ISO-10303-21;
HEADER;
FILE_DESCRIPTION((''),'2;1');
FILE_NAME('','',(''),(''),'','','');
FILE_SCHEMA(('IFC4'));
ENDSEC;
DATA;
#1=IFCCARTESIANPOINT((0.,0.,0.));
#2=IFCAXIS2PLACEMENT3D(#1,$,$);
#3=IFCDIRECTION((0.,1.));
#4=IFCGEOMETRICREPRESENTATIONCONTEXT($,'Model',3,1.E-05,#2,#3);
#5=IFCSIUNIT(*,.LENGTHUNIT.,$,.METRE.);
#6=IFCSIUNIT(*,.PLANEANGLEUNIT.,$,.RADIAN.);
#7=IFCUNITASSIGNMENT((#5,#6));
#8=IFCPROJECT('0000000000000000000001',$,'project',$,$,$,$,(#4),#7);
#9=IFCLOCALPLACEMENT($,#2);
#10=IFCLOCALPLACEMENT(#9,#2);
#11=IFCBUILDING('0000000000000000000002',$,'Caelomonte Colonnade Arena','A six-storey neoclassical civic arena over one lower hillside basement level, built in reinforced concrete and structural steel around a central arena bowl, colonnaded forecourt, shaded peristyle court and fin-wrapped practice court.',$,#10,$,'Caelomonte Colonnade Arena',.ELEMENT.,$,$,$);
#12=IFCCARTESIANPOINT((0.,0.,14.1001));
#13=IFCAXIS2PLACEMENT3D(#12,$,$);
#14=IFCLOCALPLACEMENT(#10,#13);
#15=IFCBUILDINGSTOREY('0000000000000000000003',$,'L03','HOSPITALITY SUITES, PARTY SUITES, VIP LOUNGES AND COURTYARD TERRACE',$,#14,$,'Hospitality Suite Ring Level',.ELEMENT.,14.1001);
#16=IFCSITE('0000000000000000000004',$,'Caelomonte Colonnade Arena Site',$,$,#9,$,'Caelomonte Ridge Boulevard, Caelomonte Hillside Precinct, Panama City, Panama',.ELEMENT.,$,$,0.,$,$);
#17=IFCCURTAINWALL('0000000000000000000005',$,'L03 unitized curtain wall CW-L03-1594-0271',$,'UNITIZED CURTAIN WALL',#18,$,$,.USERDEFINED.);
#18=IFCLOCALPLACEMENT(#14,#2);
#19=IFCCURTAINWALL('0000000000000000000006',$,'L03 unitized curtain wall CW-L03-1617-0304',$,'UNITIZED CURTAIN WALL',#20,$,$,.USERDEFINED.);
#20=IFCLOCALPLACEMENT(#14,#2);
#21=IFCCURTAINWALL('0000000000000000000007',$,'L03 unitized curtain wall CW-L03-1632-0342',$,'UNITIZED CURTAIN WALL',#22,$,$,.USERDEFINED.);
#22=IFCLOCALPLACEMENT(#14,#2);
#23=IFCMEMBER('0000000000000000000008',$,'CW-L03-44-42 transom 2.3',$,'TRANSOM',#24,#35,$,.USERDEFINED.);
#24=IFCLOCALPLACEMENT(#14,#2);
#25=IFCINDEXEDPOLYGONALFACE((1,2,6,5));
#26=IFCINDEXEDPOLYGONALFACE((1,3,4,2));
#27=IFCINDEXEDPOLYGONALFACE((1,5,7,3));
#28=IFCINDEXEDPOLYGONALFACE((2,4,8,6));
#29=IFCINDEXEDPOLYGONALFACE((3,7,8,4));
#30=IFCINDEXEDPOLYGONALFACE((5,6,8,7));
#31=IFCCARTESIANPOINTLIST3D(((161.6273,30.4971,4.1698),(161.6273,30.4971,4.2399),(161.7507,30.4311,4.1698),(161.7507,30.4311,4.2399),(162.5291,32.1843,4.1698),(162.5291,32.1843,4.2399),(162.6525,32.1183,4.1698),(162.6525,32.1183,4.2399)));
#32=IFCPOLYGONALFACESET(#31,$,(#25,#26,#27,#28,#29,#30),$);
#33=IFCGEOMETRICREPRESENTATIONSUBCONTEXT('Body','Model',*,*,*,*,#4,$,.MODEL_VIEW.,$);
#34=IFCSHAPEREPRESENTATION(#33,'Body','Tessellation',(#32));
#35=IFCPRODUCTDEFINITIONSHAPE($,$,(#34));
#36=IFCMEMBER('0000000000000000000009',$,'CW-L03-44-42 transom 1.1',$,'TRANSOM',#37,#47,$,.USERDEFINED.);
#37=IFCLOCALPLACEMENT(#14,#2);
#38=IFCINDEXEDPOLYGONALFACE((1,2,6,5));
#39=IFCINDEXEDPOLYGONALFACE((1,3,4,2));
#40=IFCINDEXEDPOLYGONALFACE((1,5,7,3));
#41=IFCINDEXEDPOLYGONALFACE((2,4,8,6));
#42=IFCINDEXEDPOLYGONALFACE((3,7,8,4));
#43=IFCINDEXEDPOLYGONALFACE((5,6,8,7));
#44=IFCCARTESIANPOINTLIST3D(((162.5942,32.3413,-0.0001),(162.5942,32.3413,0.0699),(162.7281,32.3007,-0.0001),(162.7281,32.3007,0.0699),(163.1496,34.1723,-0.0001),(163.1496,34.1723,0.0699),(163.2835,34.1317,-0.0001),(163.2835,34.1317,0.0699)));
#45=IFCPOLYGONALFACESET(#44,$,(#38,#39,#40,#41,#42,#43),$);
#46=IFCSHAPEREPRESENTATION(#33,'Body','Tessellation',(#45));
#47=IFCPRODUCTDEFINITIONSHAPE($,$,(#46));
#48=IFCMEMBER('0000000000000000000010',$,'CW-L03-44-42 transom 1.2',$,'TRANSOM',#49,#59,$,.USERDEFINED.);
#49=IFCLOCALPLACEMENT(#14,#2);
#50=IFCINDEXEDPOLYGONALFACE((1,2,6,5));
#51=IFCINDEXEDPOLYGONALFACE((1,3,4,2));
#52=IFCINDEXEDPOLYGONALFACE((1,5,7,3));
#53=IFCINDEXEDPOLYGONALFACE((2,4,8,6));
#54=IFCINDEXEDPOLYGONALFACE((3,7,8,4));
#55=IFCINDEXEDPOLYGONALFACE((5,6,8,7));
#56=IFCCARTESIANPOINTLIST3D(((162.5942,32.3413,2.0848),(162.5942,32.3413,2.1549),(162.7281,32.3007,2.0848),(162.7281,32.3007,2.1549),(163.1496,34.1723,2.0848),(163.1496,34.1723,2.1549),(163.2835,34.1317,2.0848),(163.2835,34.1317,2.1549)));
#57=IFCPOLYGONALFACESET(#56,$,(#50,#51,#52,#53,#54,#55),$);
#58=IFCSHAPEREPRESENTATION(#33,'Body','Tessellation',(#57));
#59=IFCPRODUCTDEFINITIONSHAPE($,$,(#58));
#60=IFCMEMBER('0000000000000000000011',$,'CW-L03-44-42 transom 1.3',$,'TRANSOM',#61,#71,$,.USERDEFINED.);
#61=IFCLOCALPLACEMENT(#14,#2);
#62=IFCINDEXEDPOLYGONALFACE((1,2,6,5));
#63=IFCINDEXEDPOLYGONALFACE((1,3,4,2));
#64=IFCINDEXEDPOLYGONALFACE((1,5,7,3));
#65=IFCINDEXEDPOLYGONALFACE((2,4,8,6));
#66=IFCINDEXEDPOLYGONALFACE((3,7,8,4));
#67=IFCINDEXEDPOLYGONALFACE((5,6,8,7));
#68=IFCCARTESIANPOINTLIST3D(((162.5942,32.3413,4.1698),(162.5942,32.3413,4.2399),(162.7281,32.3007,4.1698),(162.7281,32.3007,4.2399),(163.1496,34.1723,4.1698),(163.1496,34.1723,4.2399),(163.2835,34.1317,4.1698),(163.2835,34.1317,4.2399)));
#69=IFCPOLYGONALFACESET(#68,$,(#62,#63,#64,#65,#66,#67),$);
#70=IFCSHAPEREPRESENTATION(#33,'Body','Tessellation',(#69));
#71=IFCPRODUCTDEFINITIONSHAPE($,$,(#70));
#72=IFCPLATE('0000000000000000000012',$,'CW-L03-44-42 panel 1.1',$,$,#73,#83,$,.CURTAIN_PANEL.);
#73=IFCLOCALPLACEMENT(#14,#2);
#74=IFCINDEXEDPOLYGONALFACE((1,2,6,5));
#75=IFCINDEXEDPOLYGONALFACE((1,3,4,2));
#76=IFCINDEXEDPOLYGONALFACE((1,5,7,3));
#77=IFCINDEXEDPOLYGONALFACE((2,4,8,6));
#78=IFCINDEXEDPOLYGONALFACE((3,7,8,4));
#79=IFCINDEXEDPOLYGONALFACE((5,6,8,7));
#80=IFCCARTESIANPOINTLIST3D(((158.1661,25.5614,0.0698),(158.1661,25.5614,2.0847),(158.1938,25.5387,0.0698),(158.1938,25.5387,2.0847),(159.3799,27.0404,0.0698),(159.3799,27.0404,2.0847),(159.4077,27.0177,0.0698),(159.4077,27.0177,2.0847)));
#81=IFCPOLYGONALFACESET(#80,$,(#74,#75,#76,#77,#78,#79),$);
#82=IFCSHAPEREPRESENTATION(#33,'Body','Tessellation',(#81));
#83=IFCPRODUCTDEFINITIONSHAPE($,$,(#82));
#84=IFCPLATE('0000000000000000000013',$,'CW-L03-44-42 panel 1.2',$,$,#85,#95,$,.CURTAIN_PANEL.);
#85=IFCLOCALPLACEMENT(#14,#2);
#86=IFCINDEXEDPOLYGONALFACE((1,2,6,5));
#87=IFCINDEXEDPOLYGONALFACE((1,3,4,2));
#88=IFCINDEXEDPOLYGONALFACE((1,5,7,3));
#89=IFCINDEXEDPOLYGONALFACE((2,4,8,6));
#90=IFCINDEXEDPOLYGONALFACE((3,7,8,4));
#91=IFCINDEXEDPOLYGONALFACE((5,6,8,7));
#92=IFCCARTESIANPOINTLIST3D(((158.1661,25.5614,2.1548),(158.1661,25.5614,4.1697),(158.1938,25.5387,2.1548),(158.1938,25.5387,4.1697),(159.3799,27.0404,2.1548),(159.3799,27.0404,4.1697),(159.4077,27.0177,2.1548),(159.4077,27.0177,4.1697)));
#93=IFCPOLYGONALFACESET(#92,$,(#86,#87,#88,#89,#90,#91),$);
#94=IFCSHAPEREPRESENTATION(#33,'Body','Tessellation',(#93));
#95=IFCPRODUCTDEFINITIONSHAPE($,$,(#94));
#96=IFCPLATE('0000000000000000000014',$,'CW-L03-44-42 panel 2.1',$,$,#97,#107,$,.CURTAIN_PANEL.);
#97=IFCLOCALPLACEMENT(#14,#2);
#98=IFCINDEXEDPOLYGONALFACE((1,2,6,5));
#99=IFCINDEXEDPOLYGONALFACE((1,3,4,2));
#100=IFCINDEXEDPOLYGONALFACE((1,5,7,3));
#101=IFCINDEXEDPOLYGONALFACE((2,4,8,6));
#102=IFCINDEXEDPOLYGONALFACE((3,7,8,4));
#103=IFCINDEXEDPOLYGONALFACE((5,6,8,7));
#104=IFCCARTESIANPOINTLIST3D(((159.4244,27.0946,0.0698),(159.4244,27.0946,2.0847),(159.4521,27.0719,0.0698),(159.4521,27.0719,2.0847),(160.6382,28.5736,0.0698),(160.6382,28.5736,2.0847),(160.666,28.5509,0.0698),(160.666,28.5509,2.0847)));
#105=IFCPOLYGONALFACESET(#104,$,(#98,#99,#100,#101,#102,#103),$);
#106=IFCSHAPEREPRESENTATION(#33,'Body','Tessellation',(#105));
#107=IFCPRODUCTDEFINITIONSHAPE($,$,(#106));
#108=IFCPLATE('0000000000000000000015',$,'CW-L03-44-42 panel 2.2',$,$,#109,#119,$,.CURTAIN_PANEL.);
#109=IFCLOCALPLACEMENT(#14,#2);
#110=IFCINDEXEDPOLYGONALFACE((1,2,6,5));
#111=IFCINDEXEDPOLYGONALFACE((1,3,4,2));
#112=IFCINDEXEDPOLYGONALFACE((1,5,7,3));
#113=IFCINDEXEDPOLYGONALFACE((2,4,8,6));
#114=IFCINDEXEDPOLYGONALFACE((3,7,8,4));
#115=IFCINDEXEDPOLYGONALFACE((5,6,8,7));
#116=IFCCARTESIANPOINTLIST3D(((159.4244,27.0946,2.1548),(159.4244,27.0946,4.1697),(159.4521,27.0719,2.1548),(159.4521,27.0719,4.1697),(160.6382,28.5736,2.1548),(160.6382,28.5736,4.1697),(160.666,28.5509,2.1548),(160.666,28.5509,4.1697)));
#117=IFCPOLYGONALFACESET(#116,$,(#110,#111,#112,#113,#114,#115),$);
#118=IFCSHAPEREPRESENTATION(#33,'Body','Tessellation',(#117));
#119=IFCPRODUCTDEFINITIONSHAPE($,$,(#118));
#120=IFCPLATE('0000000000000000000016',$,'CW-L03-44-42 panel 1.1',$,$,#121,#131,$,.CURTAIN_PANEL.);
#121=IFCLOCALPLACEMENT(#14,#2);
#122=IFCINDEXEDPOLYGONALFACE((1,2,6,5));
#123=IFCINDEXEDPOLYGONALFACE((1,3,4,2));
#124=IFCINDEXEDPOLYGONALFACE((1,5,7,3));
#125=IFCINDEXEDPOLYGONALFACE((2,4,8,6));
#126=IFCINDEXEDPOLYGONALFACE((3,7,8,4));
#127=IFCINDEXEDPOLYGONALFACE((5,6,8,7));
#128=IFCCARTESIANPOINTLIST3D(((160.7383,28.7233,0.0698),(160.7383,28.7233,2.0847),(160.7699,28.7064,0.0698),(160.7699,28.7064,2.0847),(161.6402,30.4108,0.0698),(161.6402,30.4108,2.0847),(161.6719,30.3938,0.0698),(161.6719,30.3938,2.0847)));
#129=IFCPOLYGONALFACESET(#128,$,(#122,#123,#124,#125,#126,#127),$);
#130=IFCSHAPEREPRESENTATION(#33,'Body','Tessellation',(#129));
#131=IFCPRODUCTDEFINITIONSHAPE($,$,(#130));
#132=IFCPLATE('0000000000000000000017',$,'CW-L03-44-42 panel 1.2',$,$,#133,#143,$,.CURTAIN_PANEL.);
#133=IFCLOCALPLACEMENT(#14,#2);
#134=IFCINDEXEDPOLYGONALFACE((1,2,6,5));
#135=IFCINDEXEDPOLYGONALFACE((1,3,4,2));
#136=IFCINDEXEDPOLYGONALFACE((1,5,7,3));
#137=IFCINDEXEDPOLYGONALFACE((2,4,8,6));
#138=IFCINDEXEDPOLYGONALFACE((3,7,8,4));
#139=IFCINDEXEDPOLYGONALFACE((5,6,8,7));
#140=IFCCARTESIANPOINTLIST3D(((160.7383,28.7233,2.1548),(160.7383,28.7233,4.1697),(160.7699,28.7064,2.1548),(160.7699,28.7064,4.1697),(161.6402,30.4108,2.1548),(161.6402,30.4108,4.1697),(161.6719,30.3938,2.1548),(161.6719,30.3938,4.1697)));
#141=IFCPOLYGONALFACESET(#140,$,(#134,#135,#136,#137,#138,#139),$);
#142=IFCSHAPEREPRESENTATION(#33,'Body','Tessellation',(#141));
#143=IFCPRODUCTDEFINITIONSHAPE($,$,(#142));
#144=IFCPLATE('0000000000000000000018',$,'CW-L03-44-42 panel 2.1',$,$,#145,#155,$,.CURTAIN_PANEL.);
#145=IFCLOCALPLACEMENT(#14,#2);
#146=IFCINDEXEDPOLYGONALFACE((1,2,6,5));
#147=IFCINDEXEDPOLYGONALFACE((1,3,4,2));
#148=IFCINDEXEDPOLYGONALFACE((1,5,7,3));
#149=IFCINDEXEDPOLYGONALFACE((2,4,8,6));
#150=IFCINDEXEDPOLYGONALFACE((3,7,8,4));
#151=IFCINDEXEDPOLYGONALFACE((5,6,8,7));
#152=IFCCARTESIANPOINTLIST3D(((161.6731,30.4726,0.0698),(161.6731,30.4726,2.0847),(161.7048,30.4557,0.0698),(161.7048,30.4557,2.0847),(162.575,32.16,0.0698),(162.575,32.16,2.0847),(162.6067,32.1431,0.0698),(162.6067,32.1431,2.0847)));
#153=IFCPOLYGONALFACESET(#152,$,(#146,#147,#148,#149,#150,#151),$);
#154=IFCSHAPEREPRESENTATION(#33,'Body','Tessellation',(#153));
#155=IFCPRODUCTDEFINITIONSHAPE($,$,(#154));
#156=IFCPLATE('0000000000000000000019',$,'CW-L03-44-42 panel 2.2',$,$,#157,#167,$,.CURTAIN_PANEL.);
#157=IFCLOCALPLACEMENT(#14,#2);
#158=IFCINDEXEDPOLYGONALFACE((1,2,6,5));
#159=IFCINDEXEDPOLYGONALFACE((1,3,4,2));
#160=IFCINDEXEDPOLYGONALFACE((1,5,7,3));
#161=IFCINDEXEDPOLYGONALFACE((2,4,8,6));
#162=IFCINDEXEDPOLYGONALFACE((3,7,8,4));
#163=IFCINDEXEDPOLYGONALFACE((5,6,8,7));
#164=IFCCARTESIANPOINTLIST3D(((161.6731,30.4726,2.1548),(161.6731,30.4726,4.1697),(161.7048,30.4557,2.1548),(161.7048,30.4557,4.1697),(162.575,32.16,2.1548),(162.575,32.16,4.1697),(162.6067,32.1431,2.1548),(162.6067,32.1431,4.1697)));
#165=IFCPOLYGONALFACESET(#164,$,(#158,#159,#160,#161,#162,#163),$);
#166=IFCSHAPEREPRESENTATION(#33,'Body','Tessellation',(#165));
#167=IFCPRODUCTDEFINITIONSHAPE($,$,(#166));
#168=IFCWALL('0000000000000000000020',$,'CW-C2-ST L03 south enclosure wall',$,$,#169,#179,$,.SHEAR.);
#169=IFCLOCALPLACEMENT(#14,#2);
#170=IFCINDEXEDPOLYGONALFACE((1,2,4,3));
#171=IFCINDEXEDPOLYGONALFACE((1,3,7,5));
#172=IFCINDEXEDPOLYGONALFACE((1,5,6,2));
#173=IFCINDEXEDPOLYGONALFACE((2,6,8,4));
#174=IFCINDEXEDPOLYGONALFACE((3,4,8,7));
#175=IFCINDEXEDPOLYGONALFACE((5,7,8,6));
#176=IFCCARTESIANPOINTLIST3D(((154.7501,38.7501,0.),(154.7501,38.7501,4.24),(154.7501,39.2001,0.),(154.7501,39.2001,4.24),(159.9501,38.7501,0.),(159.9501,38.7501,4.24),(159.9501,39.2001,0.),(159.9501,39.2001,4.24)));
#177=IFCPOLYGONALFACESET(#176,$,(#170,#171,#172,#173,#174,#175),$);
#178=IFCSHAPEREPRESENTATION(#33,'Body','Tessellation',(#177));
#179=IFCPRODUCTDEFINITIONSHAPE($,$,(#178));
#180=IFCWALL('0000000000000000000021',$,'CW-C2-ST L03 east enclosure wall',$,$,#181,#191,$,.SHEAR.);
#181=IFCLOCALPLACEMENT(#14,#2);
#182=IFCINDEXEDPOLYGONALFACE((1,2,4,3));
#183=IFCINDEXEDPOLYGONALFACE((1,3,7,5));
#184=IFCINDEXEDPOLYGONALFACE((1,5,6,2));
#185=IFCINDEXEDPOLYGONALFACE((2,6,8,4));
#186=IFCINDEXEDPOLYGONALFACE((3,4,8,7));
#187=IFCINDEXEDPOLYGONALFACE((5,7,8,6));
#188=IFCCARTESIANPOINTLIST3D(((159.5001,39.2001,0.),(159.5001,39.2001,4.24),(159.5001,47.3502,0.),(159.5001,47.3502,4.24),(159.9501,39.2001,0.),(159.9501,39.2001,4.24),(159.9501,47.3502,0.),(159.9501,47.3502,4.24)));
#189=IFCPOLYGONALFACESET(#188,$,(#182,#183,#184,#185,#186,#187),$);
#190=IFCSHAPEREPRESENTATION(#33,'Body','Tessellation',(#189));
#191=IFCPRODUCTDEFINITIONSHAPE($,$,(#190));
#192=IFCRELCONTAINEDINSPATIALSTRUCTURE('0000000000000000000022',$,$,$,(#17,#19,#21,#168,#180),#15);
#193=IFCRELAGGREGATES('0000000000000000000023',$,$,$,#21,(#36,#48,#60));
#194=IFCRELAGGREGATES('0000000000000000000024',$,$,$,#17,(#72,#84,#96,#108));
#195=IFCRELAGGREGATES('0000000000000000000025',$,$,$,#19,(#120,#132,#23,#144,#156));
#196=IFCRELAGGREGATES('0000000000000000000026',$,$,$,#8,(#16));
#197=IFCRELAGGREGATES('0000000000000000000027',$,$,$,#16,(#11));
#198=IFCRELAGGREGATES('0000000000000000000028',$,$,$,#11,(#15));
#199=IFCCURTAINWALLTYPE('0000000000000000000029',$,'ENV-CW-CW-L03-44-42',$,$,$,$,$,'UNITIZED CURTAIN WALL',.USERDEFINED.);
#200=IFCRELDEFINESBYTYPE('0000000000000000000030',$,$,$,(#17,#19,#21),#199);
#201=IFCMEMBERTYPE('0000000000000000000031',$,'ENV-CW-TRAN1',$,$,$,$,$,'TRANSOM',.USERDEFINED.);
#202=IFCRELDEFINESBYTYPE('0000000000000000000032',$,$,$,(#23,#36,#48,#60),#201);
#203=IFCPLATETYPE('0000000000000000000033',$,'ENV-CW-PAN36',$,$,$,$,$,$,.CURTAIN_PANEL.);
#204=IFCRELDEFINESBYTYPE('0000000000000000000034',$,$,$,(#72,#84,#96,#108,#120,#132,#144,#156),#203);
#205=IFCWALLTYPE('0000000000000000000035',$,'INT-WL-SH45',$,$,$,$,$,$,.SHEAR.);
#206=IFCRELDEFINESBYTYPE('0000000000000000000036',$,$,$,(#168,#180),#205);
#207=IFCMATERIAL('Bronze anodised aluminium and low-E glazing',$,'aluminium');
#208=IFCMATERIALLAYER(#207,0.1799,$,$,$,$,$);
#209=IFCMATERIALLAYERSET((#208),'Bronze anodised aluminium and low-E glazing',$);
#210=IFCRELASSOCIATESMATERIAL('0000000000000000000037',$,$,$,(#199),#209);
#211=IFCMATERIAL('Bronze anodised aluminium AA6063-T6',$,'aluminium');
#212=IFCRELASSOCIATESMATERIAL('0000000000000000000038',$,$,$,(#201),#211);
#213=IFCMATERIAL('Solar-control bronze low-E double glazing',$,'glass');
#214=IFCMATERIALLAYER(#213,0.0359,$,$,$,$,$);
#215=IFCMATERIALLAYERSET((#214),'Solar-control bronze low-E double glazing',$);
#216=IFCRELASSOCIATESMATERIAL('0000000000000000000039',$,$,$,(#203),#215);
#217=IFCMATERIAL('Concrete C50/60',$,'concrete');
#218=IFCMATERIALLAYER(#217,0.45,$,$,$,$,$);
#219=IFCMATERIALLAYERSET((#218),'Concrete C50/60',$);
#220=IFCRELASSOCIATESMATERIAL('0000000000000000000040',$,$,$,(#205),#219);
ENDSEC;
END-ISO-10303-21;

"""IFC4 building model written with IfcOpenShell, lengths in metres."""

from ifc_helpers import new_model, si_unit, direction, frame, frame_2d, origin, origin_2d, place, context, subcontext, project, spatial, rectangle, extrude, material, layer, layer_set, material_profile, profile_set, type_object, element, aggregate, save


model = new_model("IFC4")

# Units and contexts
model_context = context("Model", 3, precision=1e-05, world=origin(), true_north=direction((0.0, 1.0)))
body_context = subcontext(model_context, "Body", "Model", "MODEL_VIEW")
ifc_project = project(units=[si_unit("LENGTHUNIT", "METRE"), si_unit("PLANEANGLEUNIT", "RADIAN")], contexts=[model_context])

# Site, building, storey
site_placement = place(None, origin())
site = spatial("IfcSite", under=ifc_project, at=site_placement, Name="Caelomonte Colonnade Arena Site", LongName="Caelomonte Ridge Boulevard, Caelomonte Hillside Precinct, Panama City, Panama", CompositionType="ELEMENT", RefElevation=0.0)
building_placement = place(site_placement, origin())
building = spatial("IfcBuilding", under=site, at=building_placement, Name="Caelomonte Colonnade Arena", Description="A six-storey neoclassical civic arena over one lower hillside basement level, built in reinforced concrete and structural steel around a central arena bowl, colonnaded forecourt, shaded peristyle court and fin-wrapped practice court.", LongName="Caelomonte Colonnade Arena", CompositionType="ELEMENT")
storey_placement = place(building_placement, frame((0.0, 0.0, 14.1001)))
storey = spatial("IfcBuildingStorey", under=building, at=storey_placement, Name="L03", Description="HOSPITALITY SUITES, PARTY SUITES, VIP LOUNGES AND COURTYARD TERRACE", LongName="Hospitality Suite Ring Level", CompositionType="ELEMENT", Elevation=14.1001)

# Curtain walls
ifc_material_1 = material(Name="Bronze anodised aluminium and low-E glazing", Category="aluminium")
ifc_layer_1 = layer(ifc_material_1, 0.1799)
ifc_layer_set_1 = layer_set([ifc_layer_1], Name="Bronze anodised aluminium and low-E glazing")
curtain_wall_type = type_object("IfcCurtainWallType", Name="ENV-CW-CW-L03-44-42", ElementType="UNITIZED CURTAIN WALL", PredefinedType="USERDEFINED", material=ifc_layer_set_1)
curtain_wall_1_placement = place(storey_placement, origin())
curtain_wall_1 = element("IfcCurtainWall", 1, at=curtain_wall_1_placement, inside=storey, type_object=curtain_wall_type, Name="L03 unitized curtain wall CW-L03-1594-0271", ObjectType="UNITIZED CURTAIN WALL", PredefinedType="USERDEFINED")
ifc_material_2 = material(Name="Bronze anodised aluminium AA6063-T6", Category="aluminium")
curtain_wall_2_placement = place(storey_placement, origin())
curtain_wall_2 = element("IfcCurtainWall", 2, at=curtain_wall_2_placement, inside=storey, type_object=curtain_wall_type, Name="L03 unitized curtain wall CW-L03-1617-0304", ObjectType="UNITIZED CURTAIN WALL", PredefinedType="USERDEFINED")

# Curtain wall
curtain_wall_3_placement = place(storey_placement, origin())
curtain_wall_3 = element("IfcCurtainWall", 3, at=curtain_wall_3_placement, inside=storey, type_object=curtain_wall_type, Name="L03 unitized curtain wall CW-L03-1632-0342", ObjectType="UNITIZED CURTAIN WALL", PredefinedType="USERDEFINED")

# Members
ifc_material_profile_1 = material_profile(ifc_material_2, rectangle(XDim=0.0701, YDim=0.1399, at=origin_2d()), Name="CWT-70X140")
ifc_profile_set_1 = profile_set([ifc_material_profile_1], Name="Bronze anodised aluminium AA6063-T6")
member_type_1 = type_object("IfcMemberType", Name="ENV-CW-TRAN1", ElementType="TRANSOM", PredefinedType="USERDEFINED", material=ifc_profile_set_1)
member_1_placement = place(storey_placement, frame((161.689, 30.4641, 4.2048), z_axis=(0.471396, 0.881922, 0.0), x_axis=(0.0, 0.0, 1.0)))
member_1 = element("IfcMember", 4, at=member_1_placement, type_object=member_type_1, Name="CW-L03-44-42 transom 2.3", ObjectType="TRANSOM", PredefinedType="USERDEFINED", context=body_context, shape_type="SweptSolid", body=[
    extrude(rectangle(XDim=0.0701, YDim=0.1399, at=origin_2d()), origin(), (0.0, 0.0, 1.0), 1.9131),
])
member_2_placement = place(storey_placement, frame((162.6611, 32.321, 0.0349), z_axis=(0.290273, 0.956944, 0.0), x_axis=(0.0, 0.0, 1.0)))
member_2 = element("IfcMember", 5, at=member_2_placement, type_object=member_type_1, Name="CW-L03-44-42 transom 1.1", ObjectType="TRANSOM", PredefinedType="USERDEFINED", context=body_context, shape_type="SweptSolid", body=[
    extrude(rectangle(XDim=0.0701, YDim=0.1399, at=origin_2d()), origin(), (0.0, 0.0, 1.0), 1.9133),
])
member_3_placement = place(storey_placement, frame((162.6611, 32.321, 2.1199), z_axis=(0.290273, 0.956944, 0.0), x_axis=(0.0, 0.0, 1.0)))
member_3 = element("IfcMember", 6, at=member_3_placement, type_object=member_type_1, Name="CW-L03-44-42 transom 1.2", ObjectType="TRANSOM", PredefinedType="USERDEFINED", context=body_context, shape_type="SweptSolid", body=[
    extrude(rectangle(XDim=0.0701, YDim=0.1399, at=origin_2d()), origin(), (0.0, 0.0, 1.0), 1.9133),
])
member_4_placement = place(storey_placement, frame((162.6611, 32.321, 4.2048), z_axis=(0.290273, 0.956944, 0.0), x_axis=(0.0, 0.0, 1.0)))
member_4 = element("IfcMember", 7, at=member_4_placement, type_object=member_type_1, Name="CW-L03-44-42 transom 1.3", ObjectType="TRANSOM", PredefinedType="USERDEFINED", context=body_context, shape_type="SweptSolid", body=[
    extrude(rectangle(XDim=0.0701, YDim=0.1399, at=origin_2d()), origin(), (0.0, 0.0, 1.0), 1.9133),
])
aggregate(curtain_wall_3, [member_2, member_3, member_4])

# Plates
ifc_material_3 = material(Name="Solar-control bronze low-E double glazing", Category="glass")
ifc_layer_2 = layer(ifc_material_3, 0.0359)
ifc_layer_set_2 = layer_set([ifc_layer_2], Name="Solar-control bronze low-E double glazing")
plate_type = type_object("IfcPlateType", Name="ENV-CW-PAN36", PredefinedType="CURTAIN_PANEL", material=ifc_layer_set_2)
plate_1_placement = place(storey_placement, frame((158.7869, 26.2896, 0.0698), z_axis=(0.0, 0.0, 1.0), x_axis=(0.634416, 0.772992, 0.0)))
plate_1 = element("IfcPlate", 8, at=plate_1_placement, type_object=plate_type, Name="CW-L03-44-42 panel 1.1", PredefinedType="CURTAIN_PANEL", context=body_context, shape_type="SweptSolid", body=[
    extrude(rectangle(XDim=1.9133, YDim=0.0359, at=origin_2d()), origin(), (0.0, 0.0, 1.0), 2.0149),
])
plate_2_placement = place(storey_placement, frame((158.7869, 26.2896, 2.1548), z_axis=(0.0, 0.0, 1.0), x_axis=(0.634416, 0.772992, 0.0)))
plate_2 = element("IfcPlate", 9, at=plate_2_placement, type_object=plate_type, Name="CW-L03-44-42 panel 1.2", PredefinedType="CURTAIN_PANEL", context=body_context, shape_type="SweptSolid", body=[
    extrude(rectangle(XDim=1.9133, YDim=0.0359, at=origin_2d()), origin(), (0.0, 0.0, 1.0), 2.0149),
])
plate_3_placement = place(storey_placement, frame((160.0452, 27.8228, 0.0698), z_axis=(0.0, 0.0, 1.0), x_axis=(0.634416, 0.772992, 0.0)))
plate_3 = element("IfcPlate", 10, at=plate_3_placement, type_object=plate_type, Name="CW-L03-44-42 panel 2.1", PredefinedType="CURTAIN_PANEL", context=body_context, shape_type="SweptSolid", body=[
    extrude(rectangle(XDim=1.9133, YDim=0.0359, at=origin_2d()), origin(), (0.0, 0.0, 1.0), 2.0149),
])
plate_4_placement = place(storey_placement, frame((160.0452, 27.8228, 2.1548), z_axis=(0.0, 0.0, 1.0), x_axis=(0.634416, 0.772992, 0.0)))
plate_4 = element("IfcPlate", 11, at=plate_4_placement, type_object=plate_type, Name="CW-L03-44-42 panel 2.2", PredefinedType="CURTAIN_PANEL", context=body_context, shape_type="SweptSolid", body=[
    extrude(rectangle(XDim=1.9133, YDim=0.0359, at=origin_2d()), origin(), (0.0, 0.0, 1.0), 2.0149),
])
aggregate(curtain_wall_1, [plate_1, plate_2, plate_3, plate_4])
plate_5_placement = place(storey_placement, frame((161.2051, 29.5586, 0.0698), z_axis=(0.0, 0.0, 1.0), x_axis=(0.471394, 0.881923, 0.0)))
plate_5 = element("IfcPlate", 12, at=plate_5_placement, type_object=plate_type, Name="CW-L03-44-42 panel 1.1", PredefinedType="CURTAIN_PANEL", context=body_context, shape_type="SweptSolid", body=[
    extrude(rectangle(XDim=1.9133, YDim=0.0359, at=origin_2d()), origin(), (0.0, 0.0, 1.0), 2.0149),
])
plate_6_placement = place(storey_placement, frame((161.2051, 29.5586, 2.1548), z_axis=(0.0, 0.0, 1.0), x_axis=(0.471394, 0.881923, 0.0)))
plate_6 = element("IfcPlate", 13, at=plate_6_placement, type_object=plate_type, Name="CW-L03-44-42 panel 1.2", PredefinedType="CURTAIN_PANEL", context=body_context, shape_type="SweptSolid", body=[
    extrude(rectangle(XDim=1.9133, YDim=0.0359, at=origin_2d()), origin(), (0.0, 0.0, 1.0), 2.0149),
])
plate_7_placement = place(storey_placement, frame((162.1399, 31.3079, 0.0698), z_axis=(0.0, 0.0, 1.0), x_axis=(0.471394, 0.881923, 0.0)))
plate_7 = element("IfcPlate", 14, at=plate_7_placement, type_object=plate_type, Name="CW-L03-44-42 panel 2.1", PredefinedType="CURTAIN_PANEL", context=body_context, shape_type="SweptSolid", body=[
    extrude(rectangle(XDim=1.9133, YDim=0.0359, at=origin_2d()), origin(), (0.0, 0.0, 1.0), 2.0149),
])
plate_8_placement = place(storey_placement, frame((162.1399, 31.3079, 2.1548), z_axis=(0.0, 0.0, 1.0), x_axis=(0.471394, 0.881923, 0.0)))
plate_8 = element("IfcPlate", 15, at=plate_8_placement, type_object=plate_type, Name="CW-L03-44-42 panel 2.2", PredefinedType="CURTAIN_PANEL", context=body_context, shape_type="SweptSolid", body=[
    extrude(rectangle(XDim=1.9133, YDim=0.0359, at=origin_2d()), origin(), (0.0, 0.0, 1.0), 2.0149),
])
aggregate(curtain_wall_2, [plate_5, plate_6, member_1, plate_7, plate_8])

# Walls
ifc_material_4 = material(Name="Concrete C50/60", Category="concrete")
ifc_layer_3 = layer(ifc_material_4, 0.45)
ifc_layer_set_3 = layer_set([ifc_layer_3], Name="Concrete C50/60")
wall_type = type_object("IfcWallType", Name="INT-WL-SH45", PredefinedType="SHEAR", material=ifc_layer_set_3)
wall_1_placement = place(storey_placement, frame((154.75, 38.9751, 0.0), z_axis=(0.0, 0.0, 1.0), x_axis=(1.0, 0.0, 0.0)))
element("IfcWall", 16, at=wall_1_placement, inside=storey, type_object=wall_type, Name="CW-C2-ST L03 south enclosure wall", PredefinedType="SHEAR", context=body_context, shape_type="SweptSolid", body=[
    extrude(rectangle(XDim=5.2, YDim=0.45, at=frame_2d((2.6001, 0.0))), origin(), (0.0, 0.0, 1.0), 4.24),
])
wall_2_placement = place(storey_placement, frame((159.7251, 39.2, 0.0), z_axis=(0.0, 0.0, 1.0), x_axis=(0.0, 1.0, 0.0)))
element("IfcWall", 17, at=wall_2_placement, inside=storey, type_object=wall_type, Name="CW-C2-ST L03 east enclosure wall", PredefinedType="SHEAR", context=body_context, shape_type="SweptSolid", body=[
    extrude(rectangle(XDim=8.1501, YDim=0.45, at=frame_2d((4.0752, 0.0))), origin(), (0.0, 0.0, 1.0), 4.24),
])

save(model, "model.ifc")
